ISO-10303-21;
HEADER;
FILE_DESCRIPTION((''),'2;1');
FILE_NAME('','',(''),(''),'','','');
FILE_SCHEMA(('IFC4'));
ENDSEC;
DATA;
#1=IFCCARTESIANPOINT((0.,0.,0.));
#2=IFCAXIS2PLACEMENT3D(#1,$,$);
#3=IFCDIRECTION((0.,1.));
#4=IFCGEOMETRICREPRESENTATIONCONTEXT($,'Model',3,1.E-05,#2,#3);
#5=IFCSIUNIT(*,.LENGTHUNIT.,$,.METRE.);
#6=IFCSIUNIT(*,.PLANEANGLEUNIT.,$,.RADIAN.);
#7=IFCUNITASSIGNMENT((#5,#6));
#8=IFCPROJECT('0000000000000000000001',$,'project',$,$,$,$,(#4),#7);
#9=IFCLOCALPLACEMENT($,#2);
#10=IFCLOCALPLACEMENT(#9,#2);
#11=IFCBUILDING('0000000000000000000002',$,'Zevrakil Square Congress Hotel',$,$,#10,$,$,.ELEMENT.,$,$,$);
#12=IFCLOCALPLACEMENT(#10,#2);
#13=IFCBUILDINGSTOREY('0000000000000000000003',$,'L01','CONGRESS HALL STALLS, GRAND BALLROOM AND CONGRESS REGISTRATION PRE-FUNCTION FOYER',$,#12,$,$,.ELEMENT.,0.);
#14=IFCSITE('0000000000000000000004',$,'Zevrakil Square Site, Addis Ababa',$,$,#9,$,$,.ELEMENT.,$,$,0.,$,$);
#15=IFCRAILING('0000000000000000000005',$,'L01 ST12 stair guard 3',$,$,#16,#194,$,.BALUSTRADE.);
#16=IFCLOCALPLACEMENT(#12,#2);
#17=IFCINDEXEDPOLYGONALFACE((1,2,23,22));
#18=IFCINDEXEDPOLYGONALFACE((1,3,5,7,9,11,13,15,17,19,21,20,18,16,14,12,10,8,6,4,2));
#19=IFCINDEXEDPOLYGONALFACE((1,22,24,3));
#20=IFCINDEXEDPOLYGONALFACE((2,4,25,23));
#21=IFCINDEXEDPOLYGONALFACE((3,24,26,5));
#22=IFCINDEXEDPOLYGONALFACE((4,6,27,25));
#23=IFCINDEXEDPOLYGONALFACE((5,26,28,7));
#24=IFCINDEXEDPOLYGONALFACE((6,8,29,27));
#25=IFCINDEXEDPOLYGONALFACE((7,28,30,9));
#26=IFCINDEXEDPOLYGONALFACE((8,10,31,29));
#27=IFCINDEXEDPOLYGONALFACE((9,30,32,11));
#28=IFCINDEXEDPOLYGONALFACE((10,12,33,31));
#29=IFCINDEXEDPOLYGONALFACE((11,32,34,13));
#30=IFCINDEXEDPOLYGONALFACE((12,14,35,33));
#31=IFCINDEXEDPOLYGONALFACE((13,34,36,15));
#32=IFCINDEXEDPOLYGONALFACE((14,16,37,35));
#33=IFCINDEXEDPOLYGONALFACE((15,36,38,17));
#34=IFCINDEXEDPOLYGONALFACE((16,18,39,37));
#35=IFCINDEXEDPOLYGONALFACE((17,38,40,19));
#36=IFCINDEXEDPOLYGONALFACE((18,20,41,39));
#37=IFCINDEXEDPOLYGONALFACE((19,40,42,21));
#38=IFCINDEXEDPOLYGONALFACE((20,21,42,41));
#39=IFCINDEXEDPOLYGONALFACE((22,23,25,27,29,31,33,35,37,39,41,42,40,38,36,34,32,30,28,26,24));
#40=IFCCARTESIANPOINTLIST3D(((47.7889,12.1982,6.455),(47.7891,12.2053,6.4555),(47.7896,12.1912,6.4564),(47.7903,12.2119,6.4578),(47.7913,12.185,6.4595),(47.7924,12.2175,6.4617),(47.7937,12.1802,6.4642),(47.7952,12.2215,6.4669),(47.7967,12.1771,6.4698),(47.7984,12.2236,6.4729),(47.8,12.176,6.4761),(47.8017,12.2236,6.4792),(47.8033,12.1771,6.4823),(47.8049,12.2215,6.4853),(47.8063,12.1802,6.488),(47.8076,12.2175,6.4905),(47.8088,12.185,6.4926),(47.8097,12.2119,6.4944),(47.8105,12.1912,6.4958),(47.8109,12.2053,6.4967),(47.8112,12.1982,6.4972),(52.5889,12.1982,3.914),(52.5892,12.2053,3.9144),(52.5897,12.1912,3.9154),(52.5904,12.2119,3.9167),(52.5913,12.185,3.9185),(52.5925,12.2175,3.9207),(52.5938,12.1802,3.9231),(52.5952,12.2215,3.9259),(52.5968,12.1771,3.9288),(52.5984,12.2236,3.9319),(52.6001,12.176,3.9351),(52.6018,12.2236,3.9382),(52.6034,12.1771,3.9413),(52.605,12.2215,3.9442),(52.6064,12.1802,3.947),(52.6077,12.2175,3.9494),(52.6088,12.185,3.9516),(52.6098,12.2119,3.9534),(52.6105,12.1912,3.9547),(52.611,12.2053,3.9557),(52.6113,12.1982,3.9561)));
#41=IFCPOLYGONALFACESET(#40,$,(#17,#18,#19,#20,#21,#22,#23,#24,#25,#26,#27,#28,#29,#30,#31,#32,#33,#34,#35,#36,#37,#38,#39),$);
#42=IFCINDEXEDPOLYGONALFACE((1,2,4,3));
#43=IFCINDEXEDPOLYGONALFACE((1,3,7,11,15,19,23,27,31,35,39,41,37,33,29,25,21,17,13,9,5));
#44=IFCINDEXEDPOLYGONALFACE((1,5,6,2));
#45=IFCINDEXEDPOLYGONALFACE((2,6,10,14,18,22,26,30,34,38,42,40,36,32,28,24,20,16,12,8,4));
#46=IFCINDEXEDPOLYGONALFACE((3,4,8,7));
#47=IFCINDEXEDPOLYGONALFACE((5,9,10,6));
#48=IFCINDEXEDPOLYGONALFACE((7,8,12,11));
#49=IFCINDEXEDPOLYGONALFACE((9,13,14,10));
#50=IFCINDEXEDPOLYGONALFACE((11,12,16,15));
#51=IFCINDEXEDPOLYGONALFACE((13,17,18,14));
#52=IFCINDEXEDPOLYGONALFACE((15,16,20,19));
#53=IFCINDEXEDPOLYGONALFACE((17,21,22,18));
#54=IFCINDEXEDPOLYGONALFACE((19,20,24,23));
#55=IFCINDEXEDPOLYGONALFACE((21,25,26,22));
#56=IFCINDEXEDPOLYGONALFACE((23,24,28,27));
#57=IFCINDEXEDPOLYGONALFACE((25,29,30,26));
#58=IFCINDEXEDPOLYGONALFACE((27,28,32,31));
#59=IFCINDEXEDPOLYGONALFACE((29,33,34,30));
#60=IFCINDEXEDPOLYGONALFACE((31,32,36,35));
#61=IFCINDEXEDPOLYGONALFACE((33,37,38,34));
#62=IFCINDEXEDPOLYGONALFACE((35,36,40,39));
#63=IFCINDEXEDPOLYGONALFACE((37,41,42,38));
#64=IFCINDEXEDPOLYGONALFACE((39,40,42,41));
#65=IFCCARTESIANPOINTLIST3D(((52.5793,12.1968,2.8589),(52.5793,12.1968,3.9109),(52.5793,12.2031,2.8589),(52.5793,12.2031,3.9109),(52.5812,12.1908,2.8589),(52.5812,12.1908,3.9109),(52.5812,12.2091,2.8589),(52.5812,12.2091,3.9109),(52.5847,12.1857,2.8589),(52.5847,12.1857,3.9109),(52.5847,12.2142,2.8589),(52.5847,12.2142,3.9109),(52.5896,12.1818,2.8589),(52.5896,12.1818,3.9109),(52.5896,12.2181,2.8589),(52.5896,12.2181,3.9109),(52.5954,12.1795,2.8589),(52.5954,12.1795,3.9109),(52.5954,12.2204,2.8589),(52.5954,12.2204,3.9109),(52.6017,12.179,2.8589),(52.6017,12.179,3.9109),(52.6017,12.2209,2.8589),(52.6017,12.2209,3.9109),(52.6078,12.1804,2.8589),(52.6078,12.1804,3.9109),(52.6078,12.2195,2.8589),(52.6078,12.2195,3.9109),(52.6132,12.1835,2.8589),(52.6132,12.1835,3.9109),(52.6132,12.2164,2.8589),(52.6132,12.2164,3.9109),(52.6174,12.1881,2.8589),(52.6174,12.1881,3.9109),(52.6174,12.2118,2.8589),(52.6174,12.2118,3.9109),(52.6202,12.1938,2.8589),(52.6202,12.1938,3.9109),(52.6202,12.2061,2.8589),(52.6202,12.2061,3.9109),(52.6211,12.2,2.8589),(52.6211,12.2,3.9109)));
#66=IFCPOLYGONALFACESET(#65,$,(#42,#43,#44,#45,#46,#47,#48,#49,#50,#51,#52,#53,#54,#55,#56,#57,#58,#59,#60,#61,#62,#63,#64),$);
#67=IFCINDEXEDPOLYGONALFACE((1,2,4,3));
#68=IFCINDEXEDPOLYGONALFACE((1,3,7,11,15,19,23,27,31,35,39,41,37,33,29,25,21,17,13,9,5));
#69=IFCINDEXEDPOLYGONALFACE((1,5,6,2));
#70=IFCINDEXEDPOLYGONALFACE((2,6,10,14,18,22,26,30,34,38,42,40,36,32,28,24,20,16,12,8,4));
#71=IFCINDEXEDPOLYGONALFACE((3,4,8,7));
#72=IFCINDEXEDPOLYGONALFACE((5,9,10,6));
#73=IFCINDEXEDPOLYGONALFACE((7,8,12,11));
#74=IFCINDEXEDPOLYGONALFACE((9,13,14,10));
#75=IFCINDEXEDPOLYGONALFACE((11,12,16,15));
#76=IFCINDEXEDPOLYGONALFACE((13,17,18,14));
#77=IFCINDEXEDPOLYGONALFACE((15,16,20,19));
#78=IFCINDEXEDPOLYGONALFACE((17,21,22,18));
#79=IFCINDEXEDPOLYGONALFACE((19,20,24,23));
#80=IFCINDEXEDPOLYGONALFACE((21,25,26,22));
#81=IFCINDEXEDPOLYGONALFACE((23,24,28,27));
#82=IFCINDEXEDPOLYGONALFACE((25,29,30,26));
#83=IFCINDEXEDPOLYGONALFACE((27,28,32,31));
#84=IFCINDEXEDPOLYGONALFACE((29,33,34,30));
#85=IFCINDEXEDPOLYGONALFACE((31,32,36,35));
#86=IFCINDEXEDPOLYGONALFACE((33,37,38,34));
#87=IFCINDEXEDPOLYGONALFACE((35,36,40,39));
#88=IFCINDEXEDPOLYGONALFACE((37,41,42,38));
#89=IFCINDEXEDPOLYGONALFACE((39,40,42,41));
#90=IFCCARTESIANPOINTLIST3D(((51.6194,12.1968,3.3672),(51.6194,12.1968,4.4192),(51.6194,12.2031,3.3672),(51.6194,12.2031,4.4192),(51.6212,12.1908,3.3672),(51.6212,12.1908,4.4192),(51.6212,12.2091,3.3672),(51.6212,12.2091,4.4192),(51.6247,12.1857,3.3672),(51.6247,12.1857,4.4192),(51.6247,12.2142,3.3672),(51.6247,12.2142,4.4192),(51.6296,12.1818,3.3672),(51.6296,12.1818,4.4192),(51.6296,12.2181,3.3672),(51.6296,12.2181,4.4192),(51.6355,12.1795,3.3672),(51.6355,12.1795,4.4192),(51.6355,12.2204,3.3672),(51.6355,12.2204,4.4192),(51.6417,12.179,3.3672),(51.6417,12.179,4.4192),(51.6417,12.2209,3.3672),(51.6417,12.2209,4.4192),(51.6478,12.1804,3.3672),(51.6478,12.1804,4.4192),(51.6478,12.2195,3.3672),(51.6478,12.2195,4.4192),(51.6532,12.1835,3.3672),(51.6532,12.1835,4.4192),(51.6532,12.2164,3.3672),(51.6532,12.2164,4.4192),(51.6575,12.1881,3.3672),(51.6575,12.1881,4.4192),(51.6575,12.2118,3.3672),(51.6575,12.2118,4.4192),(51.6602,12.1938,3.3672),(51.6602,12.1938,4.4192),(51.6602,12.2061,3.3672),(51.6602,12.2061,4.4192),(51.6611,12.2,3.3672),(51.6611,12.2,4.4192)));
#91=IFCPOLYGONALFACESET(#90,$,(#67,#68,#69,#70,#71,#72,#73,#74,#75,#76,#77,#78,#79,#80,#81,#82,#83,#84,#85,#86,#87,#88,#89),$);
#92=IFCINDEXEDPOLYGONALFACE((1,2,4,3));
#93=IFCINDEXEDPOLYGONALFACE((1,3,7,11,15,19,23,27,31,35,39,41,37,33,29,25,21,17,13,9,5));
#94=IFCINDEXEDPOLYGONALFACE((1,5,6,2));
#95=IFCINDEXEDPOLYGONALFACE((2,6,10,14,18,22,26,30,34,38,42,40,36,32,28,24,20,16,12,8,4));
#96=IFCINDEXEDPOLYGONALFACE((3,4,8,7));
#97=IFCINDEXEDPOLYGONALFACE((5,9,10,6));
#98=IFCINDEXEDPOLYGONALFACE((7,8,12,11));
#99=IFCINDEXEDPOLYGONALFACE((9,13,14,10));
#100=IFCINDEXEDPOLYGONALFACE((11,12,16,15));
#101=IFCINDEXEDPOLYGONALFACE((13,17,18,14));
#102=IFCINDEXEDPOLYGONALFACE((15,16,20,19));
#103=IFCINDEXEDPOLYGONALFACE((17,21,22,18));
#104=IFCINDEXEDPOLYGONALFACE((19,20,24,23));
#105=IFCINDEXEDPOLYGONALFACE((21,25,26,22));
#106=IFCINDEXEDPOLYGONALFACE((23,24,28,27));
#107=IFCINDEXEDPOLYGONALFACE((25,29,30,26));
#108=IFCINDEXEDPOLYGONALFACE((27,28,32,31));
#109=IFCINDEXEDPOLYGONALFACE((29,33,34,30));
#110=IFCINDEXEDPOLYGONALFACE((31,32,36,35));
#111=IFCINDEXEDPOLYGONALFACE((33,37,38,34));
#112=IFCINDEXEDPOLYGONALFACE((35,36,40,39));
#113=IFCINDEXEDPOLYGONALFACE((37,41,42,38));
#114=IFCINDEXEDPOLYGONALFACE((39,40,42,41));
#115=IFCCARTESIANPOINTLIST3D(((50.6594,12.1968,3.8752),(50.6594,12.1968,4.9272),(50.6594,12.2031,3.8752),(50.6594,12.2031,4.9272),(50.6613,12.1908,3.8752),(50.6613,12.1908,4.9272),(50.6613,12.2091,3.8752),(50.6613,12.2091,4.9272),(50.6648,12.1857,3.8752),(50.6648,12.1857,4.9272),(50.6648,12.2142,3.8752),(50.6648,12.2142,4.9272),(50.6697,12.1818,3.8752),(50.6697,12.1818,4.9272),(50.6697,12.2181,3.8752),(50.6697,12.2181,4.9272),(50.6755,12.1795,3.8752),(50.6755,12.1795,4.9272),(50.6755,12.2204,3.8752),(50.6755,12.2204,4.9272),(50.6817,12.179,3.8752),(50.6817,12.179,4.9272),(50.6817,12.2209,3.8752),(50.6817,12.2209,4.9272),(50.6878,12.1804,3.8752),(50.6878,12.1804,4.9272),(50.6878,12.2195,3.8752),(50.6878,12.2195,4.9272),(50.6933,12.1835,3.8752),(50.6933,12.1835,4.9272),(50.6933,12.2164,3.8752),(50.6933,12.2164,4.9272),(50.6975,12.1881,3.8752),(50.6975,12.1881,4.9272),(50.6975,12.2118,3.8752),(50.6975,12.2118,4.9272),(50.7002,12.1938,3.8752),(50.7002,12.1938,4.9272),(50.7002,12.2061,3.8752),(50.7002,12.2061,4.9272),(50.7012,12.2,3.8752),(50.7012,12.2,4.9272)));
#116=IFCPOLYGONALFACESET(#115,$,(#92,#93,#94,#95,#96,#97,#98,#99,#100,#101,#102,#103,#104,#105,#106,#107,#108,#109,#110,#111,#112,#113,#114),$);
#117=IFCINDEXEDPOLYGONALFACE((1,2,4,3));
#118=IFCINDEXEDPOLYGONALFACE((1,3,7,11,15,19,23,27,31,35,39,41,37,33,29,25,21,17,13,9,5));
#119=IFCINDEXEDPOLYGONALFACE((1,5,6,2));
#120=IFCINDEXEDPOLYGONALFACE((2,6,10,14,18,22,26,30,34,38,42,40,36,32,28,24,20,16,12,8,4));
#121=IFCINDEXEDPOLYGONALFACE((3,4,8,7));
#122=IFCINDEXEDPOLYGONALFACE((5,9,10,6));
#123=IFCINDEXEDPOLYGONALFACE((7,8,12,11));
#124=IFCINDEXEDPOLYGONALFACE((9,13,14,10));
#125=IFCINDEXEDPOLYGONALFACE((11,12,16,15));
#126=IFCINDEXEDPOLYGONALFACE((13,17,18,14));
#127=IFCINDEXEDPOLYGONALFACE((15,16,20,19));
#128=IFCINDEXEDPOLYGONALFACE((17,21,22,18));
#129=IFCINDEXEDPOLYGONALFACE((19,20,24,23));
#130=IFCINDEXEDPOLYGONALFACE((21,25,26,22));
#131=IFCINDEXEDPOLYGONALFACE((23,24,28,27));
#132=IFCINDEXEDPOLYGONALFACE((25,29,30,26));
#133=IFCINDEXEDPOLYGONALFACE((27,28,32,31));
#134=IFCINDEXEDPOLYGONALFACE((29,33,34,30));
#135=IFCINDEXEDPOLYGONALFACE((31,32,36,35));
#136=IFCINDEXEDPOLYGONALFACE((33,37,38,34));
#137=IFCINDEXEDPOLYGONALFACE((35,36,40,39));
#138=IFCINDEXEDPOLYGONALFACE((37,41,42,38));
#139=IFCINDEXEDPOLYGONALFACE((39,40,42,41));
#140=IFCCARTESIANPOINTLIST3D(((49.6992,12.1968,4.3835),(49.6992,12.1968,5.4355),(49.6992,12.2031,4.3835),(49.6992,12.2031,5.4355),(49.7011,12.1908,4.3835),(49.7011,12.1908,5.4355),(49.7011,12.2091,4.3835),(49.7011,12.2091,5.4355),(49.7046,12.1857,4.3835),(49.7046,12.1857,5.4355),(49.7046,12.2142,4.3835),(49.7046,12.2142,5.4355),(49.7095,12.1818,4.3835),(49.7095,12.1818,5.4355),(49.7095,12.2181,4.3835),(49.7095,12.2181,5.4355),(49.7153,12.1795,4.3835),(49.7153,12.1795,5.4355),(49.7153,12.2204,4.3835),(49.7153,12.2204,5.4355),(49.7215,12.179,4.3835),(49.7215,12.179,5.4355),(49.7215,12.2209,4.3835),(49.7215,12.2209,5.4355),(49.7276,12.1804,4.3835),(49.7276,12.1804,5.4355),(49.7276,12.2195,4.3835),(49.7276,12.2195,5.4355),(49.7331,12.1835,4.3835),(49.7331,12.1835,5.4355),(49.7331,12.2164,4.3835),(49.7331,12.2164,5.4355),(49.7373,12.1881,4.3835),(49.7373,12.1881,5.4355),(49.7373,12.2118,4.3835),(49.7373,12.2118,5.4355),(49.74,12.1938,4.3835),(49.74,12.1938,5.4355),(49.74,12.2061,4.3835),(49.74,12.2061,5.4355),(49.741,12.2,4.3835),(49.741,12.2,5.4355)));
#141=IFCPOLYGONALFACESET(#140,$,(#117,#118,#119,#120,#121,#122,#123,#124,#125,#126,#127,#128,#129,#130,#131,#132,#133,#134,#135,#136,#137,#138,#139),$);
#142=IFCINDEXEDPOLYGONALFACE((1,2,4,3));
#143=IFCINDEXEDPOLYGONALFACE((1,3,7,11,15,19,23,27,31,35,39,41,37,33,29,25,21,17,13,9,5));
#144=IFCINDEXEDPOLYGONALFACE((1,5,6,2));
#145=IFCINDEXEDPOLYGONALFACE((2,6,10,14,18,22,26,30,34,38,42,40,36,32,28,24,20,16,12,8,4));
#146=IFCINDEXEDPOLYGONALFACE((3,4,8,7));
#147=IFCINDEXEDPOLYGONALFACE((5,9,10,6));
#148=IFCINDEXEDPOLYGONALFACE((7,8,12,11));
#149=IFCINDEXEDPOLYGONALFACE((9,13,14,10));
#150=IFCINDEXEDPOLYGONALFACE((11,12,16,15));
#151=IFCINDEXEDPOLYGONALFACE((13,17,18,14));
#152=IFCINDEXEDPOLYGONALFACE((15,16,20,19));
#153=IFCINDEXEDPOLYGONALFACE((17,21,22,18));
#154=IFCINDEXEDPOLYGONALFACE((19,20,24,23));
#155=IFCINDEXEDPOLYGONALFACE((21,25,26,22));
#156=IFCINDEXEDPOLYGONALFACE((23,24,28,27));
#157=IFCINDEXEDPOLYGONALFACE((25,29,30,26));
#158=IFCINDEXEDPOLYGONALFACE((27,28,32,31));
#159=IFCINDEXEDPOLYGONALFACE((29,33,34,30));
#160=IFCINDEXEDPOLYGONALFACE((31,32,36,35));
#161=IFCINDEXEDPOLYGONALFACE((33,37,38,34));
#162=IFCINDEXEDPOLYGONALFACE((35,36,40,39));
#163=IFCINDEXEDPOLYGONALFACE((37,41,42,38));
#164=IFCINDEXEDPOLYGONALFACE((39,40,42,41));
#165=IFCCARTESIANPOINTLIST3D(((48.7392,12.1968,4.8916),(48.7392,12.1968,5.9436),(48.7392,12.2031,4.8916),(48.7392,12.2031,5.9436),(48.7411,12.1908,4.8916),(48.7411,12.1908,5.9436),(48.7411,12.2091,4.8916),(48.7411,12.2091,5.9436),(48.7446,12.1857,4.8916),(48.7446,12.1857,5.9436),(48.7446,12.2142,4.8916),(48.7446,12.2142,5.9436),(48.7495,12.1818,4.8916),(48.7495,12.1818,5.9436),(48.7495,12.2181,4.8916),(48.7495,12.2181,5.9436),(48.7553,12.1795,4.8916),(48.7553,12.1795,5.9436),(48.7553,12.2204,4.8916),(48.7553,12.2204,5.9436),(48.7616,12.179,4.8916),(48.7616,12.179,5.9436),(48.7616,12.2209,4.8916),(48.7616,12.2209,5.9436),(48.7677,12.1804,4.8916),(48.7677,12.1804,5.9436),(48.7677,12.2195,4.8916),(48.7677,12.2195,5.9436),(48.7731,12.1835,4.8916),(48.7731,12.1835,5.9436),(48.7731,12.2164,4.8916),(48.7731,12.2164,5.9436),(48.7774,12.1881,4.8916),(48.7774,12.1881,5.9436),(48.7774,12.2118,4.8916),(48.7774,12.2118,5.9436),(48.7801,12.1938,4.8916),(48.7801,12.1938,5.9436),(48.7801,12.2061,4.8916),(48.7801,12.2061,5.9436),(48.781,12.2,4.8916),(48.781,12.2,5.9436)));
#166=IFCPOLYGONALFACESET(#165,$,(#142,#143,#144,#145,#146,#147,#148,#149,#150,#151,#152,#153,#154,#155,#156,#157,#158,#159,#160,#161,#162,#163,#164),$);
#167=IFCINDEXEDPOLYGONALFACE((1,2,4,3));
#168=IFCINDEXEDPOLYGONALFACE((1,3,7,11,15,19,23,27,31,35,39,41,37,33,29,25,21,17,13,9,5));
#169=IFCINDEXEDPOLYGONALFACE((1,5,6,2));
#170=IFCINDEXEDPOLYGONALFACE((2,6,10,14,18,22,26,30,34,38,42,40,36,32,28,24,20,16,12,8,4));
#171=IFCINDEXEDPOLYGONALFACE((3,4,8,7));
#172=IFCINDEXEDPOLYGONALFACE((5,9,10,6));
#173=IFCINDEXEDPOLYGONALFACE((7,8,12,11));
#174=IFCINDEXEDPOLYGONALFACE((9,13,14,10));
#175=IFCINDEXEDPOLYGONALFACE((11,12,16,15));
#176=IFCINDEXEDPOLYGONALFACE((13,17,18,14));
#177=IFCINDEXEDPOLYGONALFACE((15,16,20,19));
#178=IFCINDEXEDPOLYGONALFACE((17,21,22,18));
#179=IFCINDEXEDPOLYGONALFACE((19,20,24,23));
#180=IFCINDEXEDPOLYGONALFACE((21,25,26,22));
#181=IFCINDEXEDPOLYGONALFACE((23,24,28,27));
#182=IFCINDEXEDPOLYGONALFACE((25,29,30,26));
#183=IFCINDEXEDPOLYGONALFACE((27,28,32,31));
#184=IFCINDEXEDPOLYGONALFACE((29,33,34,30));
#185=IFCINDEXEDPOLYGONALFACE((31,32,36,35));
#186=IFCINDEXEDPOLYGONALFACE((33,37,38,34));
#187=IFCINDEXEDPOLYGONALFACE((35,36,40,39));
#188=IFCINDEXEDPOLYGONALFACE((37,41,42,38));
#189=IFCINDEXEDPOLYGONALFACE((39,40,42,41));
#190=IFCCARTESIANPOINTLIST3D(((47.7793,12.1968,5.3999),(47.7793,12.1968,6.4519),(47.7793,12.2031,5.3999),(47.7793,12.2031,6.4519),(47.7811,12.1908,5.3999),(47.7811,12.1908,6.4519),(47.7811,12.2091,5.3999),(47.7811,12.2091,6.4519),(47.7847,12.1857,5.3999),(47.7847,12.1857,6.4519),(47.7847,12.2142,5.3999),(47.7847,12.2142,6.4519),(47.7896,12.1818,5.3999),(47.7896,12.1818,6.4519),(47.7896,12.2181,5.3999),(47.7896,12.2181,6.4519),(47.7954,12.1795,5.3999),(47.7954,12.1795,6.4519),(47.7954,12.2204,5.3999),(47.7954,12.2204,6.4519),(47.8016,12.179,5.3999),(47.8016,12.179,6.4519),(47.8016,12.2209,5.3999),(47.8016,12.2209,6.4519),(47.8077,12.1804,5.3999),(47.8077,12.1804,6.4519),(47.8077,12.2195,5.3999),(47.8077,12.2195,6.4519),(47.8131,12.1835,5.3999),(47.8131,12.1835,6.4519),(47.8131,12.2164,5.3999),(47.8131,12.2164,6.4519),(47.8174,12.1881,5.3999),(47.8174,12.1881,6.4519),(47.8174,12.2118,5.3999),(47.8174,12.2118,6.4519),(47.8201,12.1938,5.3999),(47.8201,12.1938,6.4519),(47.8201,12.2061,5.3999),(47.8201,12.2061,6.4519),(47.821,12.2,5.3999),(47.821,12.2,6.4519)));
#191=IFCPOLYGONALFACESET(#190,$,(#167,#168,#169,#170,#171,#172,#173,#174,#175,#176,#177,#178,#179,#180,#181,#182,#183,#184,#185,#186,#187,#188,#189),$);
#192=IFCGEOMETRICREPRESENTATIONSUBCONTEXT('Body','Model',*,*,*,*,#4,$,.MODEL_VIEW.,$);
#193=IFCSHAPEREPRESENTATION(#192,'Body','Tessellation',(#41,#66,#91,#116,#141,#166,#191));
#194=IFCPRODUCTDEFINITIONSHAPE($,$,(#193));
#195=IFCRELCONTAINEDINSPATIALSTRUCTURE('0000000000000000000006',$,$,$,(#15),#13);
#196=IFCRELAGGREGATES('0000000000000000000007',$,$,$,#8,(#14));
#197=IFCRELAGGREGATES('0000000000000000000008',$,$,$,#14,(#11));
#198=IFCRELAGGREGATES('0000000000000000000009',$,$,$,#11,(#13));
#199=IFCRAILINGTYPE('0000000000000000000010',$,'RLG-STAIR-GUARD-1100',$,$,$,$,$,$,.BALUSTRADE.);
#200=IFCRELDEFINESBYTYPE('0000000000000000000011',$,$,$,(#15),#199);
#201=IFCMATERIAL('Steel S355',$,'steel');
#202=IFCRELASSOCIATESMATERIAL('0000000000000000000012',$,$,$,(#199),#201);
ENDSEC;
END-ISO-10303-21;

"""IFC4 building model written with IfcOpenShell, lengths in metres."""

from ifc_helpers import new_model, si_unit, direction, frame, origin, origin_2d, place, context, subcontext, project, spatial, circle, extrude, material, type_object, element, save


model = new_model("IFC4")

# Units and contexts
model_context = context("Model", 3, precision=1e-05, world=origin(), true_north=direction((0.0, 1.0)))
body_context = subcontext(model_context, "Body", "Model", "MODEL_VIEW")
ifc_project = project(units=[si_unit("LENGTHUNIT", "METRE"), si_unit("PLANEANGLEUNIT", "RADIAN")], contexts=[model_context])

# Site, building, storey
site_placement = place(None, origin())
site = spatial("IfcSite", under=ifc_project, at=site_placement, Name="Zevrakil Square Site, Addis Ababa", CompositionType="ELEMENT", RefElevation=0.0)
building_placement = place(site_placement, origin())
building = spatial("IfcBuilding", under=site, at=building_placement, Name="Zevrakil Square Congress Hotel", CompositionType="ELEMENT")
storey_placement = place(building_placement, origin())
storey = spatial("IfcBuildingStorey", under=building, at=storey_placement, Name="L01", Description="CONGRESS HALL STALLS, GRAND BALLROOM AND CONGRESS REGISTRATION PRE-FUNCTION FOYER", CompositionType="ELEMENT", Elevation=0.0)

# Railing
ifc_material_1 = material(Name="Steel S355", Category="steel")
railing_type_1 = type_object("IfcRailingType", Name="RLG-STAIR-GUARD-1100", PredefinedType="BALUSTRADE", material=ifc_material_1)
railing_1_placement = place(storey_placement, frame((52.6001, 12.2, 2.8589)))
element("IfcRailing", 1, at=railing_1_placement, inside=storey, type_object=railing_type_1, Name="L01 ST12 stair guard 3", PredefinedType="BALUSTRADE", context=body_context, shape_type="SweptSolid", body=[
    extrude(circle(Radius=0.0239, at=origin_2d()), frame((0.0, 0.0, 1.0762), z_axis=(-0.883802, 0.0, 0.467861), x_axis=(0.0, -1.0, 0.0)), (0.0, 0.0, 1.0), 5.4312),
    extrude(circle(Radius=0.021, at=origin_2d()), origin(), (0.0, 0.0, 1.0), 1.052),
    extrude(circle(Radius=0.021, at=origin_2d()), frame((-0.96, 0.0, 0.5083)), (0.0, 0.0, 1.0), 1.052),
    extrude(circle(Radius=0.021, at=origin_2d()), frame((-1.9199, 0.0, 1.0164)), (0.0, 0.0, 1.0), 1.052),
    extrude(circle(Radius=0.021, at=origin_2d()), frame((-2.8801, 0.0, 1.5247)), (0.0, 0.0, 1.0), 1.052),
    extrude(circle(Radius=0.021, at=origin_2d()), frame((-3.8401, 0.0, 2.0327)), (0.0, 0.0, 1.0), 1.052),
    extrude(circle(Radius=0.021, at=origin_2d()), frame((-4.8, 0.0, 2.541)), (0.0, 0.0, 1.0), 1.052),
])

save(model, "model.ifc")
